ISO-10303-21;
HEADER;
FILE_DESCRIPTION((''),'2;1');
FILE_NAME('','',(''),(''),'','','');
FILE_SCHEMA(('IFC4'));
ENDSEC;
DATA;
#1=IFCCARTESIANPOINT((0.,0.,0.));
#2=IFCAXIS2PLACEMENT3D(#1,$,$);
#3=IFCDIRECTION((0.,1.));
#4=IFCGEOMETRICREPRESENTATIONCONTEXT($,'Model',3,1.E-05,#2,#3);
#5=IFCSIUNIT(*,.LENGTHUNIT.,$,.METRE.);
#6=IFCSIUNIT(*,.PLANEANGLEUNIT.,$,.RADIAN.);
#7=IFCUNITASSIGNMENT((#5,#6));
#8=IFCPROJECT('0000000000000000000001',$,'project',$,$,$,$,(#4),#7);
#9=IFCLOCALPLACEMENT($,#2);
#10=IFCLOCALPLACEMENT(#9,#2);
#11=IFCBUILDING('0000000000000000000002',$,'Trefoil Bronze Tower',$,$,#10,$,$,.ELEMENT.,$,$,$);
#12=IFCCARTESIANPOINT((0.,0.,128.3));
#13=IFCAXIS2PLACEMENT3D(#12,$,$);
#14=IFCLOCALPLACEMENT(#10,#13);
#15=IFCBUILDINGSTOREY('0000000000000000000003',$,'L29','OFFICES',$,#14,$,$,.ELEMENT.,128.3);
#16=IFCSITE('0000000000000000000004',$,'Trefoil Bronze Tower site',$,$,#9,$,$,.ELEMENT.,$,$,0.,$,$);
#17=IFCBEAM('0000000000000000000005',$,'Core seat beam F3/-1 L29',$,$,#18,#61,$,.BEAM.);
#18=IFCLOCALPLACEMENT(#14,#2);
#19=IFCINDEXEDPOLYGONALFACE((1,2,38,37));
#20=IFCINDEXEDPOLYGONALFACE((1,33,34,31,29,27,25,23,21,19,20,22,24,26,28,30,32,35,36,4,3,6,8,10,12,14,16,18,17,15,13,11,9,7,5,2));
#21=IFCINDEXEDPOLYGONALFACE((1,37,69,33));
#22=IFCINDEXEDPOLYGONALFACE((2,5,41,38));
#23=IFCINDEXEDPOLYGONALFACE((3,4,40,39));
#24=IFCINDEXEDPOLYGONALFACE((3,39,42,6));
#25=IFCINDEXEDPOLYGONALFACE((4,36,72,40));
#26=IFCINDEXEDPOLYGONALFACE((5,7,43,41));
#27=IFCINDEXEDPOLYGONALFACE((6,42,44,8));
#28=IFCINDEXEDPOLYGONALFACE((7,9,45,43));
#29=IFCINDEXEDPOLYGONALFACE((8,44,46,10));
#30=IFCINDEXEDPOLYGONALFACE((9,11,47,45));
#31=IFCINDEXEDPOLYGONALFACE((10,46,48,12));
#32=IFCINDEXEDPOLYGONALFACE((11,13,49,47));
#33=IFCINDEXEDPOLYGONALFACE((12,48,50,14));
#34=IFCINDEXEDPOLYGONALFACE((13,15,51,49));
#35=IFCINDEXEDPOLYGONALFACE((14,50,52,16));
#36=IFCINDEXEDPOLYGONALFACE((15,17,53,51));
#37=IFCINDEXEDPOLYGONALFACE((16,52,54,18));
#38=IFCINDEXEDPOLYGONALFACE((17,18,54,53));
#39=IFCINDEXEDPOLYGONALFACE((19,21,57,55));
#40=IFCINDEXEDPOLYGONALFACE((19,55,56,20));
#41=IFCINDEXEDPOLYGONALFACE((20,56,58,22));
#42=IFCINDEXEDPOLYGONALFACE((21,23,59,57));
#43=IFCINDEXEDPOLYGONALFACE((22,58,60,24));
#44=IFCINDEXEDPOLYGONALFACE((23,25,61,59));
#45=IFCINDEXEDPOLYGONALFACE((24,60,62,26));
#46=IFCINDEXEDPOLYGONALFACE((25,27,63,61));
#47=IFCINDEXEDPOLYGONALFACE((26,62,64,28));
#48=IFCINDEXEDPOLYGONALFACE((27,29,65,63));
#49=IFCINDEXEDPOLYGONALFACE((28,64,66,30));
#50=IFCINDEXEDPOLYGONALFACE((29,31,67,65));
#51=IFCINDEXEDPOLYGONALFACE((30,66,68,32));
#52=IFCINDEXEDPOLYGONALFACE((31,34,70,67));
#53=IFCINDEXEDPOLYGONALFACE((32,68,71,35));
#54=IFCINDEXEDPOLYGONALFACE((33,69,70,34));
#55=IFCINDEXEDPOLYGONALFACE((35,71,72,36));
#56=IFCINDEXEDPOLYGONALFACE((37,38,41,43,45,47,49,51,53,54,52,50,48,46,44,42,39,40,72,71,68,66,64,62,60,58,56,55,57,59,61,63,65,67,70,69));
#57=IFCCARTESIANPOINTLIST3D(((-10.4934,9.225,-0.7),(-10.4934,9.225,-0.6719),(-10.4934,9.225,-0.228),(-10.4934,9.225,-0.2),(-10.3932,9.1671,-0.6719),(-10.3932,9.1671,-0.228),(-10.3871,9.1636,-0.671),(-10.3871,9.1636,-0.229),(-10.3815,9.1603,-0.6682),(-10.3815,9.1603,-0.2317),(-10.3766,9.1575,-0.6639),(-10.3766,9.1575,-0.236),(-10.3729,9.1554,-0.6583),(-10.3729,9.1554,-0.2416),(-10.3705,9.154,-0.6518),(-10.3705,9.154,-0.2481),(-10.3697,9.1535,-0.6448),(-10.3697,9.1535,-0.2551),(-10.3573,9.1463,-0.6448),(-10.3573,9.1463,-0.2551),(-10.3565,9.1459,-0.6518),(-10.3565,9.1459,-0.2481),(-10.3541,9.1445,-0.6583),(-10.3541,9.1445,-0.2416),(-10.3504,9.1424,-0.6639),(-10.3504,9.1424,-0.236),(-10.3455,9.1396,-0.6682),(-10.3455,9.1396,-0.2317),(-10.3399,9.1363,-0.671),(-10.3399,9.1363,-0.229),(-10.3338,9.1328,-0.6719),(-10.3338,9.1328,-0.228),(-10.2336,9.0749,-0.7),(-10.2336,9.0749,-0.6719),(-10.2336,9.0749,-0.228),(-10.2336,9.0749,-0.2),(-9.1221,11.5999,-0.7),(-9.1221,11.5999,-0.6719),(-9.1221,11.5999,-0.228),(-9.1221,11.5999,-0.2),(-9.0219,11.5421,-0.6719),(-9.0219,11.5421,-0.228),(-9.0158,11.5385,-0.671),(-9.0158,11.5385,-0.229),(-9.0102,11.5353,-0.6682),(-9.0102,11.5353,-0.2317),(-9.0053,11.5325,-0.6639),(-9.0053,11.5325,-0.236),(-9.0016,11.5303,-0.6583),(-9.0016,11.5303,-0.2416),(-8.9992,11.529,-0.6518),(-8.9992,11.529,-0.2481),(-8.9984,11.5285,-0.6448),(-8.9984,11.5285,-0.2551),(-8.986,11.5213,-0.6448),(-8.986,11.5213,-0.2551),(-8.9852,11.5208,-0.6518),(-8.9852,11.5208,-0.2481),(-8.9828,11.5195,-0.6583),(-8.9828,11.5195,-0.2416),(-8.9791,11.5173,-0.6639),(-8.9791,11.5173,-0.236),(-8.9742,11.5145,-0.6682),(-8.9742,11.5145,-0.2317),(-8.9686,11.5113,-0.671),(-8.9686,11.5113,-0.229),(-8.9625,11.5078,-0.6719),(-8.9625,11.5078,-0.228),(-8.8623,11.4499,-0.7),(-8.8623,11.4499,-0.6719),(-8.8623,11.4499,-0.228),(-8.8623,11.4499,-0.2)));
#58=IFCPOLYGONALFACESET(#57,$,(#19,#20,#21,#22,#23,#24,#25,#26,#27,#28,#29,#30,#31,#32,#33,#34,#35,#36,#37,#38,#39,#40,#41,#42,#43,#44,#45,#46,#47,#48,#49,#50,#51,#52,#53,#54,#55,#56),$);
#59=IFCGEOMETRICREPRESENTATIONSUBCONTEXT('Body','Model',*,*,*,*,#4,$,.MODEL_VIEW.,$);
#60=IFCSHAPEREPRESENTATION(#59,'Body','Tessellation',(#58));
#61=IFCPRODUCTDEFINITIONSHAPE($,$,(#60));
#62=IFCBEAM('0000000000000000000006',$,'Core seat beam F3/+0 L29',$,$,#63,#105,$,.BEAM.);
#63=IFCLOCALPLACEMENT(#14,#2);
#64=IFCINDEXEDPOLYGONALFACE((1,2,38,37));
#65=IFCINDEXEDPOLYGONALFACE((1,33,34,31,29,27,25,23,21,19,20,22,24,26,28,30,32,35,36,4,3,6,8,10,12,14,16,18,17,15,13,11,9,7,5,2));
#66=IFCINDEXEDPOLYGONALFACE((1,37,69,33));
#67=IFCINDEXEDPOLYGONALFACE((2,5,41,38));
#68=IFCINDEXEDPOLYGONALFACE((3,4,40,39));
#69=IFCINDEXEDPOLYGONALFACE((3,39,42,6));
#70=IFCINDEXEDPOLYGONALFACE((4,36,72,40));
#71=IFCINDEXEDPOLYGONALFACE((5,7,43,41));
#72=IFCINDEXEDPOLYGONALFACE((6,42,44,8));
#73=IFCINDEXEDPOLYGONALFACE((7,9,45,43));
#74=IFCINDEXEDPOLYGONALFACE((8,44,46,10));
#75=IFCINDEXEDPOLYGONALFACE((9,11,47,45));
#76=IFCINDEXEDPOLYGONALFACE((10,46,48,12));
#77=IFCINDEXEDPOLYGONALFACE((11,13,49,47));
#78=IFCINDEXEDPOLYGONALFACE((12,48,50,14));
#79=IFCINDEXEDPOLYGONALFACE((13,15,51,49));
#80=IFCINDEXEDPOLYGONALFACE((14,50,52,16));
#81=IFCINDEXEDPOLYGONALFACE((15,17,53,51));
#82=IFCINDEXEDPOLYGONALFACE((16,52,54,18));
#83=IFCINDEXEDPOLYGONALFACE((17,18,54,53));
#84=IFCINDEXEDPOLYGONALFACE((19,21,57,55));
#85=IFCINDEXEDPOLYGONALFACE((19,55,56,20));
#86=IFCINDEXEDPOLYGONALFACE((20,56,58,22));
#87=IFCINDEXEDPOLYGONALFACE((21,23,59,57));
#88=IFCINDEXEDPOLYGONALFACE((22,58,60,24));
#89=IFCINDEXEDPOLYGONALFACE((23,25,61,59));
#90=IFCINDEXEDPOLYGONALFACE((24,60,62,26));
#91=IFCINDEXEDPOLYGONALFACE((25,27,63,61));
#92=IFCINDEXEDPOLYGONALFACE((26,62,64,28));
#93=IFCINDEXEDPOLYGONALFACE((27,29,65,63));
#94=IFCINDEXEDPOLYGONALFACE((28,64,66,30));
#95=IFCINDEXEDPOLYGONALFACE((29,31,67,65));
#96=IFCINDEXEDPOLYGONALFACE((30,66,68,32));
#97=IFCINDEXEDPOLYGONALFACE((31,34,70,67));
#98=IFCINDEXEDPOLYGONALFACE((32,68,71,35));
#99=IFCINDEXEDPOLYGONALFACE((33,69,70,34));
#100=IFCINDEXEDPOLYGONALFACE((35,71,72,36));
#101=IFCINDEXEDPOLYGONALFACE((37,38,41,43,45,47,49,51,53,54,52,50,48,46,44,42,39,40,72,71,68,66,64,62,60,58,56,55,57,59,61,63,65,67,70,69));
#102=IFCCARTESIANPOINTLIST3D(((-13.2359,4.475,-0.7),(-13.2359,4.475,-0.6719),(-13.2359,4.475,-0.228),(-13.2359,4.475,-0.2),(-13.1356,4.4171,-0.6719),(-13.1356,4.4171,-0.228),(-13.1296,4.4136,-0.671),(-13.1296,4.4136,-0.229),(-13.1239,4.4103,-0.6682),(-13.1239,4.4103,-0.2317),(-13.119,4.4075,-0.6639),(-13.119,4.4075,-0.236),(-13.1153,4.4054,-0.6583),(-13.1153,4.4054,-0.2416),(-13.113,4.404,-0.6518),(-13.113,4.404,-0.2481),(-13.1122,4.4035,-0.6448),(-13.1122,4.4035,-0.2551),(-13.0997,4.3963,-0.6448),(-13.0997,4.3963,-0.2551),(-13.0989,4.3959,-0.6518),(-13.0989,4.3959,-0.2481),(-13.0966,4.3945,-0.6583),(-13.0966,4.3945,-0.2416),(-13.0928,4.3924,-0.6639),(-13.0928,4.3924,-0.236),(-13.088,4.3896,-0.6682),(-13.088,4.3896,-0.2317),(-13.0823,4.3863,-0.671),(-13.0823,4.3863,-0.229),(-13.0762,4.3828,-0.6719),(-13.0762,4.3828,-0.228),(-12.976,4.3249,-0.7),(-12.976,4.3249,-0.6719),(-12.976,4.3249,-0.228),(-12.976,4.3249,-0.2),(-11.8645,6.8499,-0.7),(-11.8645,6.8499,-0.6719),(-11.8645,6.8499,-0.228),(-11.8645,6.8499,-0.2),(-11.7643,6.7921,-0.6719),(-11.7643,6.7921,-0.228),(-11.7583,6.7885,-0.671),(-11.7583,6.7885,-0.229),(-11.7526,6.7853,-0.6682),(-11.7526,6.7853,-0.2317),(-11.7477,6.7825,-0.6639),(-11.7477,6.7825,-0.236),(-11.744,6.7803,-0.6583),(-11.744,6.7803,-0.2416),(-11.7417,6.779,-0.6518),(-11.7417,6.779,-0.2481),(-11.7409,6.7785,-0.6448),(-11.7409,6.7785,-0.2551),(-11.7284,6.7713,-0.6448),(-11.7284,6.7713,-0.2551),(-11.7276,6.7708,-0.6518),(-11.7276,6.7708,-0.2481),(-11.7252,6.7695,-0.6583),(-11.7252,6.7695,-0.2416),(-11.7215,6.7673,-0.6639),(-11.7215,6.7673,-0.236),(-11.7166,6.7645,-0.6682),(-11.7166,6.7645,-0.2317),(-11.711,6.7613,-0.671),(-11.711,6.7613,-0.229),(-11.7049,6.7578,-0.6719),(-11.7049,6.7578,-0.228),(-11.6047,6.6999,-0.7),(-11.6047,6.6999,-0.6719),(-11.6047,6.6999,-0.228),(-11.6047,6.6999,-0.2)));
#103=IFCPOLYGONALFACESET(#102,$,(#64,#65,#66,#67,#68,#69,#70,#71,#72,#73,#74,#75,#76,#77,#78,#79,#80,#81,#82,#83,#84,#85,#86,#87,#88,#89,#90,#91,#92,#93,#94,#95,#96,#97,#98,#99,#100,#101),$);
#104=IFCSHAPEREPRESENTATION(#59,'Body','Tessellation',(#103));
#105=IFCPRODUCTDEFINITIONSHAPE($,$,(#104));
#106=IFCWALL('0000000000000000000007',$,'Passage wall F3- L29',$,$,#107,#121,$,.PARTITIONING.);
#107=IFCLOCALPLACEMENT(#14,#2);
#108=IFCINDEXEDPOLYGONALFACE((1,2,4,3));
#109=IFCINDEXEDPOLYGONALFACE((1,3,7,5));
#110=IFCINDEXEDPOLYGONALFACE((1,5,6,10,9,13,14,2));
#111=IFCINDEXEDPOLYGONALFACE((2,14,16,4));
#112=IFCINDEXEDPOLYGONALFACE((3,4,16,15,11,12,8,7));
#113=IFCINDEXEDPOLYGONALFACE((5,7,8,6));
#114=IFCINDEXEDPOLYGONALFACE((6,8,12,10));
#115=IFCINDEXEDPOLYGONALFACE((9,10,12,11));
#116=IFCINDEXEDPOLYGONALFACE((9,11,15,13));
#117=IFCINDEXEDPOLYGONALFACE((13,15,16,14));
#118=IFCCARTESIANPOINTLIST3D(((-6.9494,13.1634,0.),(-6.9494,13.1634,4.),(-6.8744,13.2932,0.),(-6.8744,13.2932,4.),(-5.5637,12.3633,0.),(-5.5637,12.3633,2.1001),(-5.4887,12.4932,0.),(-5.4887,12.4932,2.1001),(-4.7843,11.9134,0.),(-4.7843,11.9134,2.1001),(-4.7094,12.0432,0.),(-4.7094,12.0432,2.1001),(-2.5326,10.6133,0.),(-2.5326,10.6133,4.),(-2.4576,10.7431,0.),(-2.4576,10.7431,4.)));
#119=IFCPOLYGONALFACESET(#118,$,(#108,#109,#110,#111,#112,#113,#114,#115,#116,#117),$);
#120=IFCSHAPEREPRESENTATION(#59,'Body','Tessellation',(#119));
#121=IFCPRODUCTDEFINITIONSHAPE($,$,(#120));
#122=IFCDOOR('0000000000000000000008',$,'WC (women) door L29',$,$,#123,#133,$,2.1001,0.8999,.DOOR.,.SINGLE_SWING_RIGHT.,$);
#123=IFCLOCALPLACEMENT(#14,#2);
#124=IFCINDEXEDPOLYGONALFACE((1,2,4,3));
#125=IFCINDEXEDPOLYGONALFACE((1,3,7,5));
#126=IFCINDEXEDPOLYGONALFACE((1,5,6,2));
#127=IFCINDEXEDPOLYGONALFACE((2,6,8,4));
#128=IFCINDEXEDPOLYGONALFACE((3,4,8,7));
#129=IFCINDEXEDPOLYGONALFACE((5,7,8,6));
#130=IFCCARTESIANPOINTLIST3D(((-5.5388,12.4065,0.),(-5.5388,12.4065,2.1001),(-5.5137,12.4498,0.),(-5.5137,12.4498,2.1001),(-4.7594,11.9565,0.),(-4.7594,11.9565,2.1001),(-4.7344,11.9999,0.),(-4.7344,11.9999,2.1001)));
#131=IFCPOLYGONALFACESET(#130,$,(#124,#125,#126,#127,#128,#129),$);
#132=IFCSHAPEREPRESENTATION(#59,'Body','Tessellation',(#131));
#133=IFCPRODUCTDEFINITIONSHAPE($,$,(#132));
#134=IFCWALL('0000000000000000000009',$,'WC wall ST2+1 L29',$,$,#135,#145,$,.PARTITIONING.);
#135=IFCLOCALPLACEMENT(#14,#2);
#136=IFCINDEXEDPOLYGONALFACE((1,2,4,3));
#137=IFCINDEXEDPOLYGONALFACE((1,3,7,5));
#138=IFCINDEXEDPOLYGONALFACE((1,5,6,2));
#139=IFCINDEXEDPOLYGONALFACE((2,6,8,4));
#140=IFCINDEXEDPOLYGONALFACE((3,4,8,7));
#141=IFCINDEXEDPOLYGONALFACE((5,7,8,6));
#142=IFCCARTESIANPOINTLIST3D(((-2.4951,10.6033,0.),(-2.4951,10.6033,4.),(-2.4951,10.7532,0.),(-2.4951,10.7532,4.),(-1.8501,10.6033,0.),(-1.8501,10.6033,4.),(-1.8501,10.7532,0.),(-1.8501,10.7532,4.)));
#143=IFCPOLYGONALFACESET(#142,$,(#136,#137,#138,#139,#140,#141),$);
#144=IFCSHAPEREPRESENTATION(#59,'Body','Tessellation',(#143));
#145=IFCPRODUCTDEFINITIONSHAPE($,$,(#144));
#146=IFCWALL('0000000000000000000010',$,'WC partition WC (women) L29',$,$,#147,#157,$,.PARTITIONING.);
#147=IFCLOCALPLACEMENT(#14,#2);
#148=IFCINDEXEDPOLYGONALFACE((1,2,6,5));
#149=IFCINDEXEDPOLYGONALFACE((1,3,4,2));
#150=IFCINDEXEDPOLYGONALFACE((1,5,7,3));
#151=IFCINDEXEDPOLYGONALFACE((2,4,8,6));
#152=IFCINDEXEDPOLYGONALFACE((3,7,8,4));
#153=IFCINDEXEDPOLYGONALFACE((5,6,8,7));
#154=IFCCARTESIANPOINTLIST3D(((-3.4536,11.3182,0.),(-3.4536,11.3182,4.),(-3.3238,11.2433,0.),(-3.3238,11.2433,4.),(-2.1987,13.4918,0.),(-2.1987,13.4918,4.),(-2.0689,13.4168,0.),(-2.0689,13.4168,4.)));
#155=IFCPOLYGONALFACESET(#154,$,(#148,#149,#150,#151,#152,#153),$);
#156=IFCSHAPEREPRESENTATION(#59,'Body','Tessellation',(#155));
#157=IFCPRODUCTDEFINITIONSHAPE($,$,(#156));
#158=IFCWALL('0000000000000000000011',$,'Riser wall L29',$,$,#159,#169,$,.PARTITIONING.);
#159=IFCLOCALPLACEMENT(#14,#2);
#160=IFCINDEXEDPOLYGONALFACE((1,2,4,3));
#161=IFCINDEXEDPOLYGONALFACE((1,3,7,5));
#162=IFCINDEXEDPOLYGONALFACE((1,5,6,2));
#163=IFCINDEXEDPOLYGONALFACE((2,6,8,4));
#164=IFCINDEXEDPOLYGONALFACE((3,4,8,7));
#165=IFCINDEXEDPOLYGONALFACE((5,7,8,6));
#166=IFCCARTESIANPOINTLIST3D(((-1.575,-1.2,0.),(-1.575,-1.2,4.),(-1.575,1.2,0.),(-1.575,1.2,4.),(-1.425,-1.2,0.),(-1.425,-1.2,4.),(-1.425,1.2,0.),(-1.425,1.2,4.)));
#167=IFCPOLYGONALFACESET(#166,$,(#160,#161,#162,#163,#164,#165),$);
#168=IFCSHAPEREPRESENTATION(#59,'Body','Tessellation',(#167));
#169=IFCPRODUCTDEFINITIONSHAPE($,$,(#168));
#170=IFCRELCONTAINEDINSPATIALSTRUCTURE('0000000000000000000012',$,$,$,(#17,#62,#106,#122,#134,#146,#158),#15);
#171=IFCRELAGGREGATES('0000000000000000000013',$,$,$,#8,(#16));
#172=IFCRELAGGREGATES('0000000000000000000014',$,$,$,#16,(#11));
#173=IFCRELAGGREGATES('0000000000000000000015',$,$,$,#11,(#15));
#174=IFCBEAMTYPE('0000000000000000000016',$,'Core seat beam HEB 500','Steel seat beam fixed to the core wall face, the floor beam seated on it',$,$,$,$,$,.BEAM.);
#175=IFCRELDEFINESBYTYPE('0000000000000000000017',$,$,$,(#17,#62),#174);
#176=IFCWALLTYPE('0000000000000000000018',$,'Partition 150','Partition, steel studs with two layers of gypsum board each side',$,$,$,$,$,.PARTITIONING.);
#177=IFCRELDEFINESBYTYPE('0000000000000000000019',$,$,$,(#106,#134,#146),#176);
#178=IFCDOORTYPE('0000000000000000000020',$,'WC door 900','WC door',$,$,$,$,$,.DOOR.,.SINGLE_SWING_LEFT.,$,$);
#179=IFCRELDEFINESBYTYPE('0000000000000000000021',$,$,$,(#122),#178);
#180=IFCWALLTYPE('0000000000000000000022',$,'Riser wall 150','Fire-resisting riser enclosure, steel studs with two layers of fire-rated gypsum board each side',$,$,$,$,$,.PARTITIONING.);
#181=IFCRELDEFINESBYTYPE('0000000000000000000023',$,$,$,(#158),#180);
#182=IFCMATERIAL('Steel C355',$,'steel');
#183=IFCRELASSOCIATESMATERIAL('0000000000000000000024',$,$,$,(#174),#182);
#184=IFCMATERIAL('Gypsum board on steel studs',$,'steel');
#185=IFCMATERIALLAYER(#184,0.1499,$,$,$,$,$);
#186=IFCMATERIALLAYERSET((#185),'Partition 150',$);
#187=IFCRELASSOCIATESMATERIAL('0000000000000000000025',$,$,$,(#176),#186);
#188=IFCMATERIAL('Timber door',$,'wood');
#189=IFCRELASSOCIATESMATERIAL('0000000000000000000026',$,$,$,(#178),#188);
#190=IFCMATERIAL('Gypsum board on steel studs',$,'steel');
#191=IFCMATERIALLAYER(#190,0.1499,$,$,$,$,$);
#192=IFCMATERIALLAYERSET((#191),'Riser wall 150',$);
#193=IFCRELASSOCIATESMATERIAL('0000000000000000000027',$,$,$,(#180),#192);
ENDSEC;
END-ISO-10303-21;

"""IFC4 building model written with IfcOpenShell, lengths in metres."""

from ifc_helpers import new_model, si_unit, direction, frame, frame_2d, origin, origin_2d, place, context, subcontext, project, spatial, rectangle, i_section, extrude, material, layer, layer_set, material_profile, profile_set, type_object, element, fill, save


model = new_model("IFC4")

# Units and contexts
model_context = context("Model", 3, precision=1e-05, world=origin(), true_north=direction((0.0, 1.0)))
body_context = subcontext(model_context, "Body", "Model", "MODEL_VIEW")
ifc_project = project(units=[si_unit("LENGTHUNIT", "METRE"), si_unit("PLANEANGLEUNIT", "RADIAN")], contexts=[model_context])

# Site, building, storey
site_placement = place(None, origin())
site = spatial("IfcSite", under=ifc_project, at=site_placement, Name="Trefoil Bronze Tower site", CompositionType="ELEMENT", RefElevation=0.0)
building_placement = place(site_placement, origin())
building = spatial("IfcBuilding", under=site, at=building_placement, Name="Trefoil Bronze Tower", CompositionType="ELEMENT")
storey_placement = place(building_placement, frame((0.0, 0.0, 128.3)))
storey = spatial("IfcBuildingStorey", under=building, at=storey_placement, Name="L29", Description="OFFICES", CompositionType="ELEMENT", Elevation=128.3)

# Beams
ifc_material_1 = material(Name="Steel C355", Category="steel")
ifc_material_profile = material_profile(ifc_material_1, i_section(OverallWidth=0.3, OverallDepth=0.5, WebThickness=0.0144, FlangeThickness=0.0281, FilletRadius=0.0271, at=origin_2d()), Name="HEB 500")
ifc_profile_set = profile_set([ifc_material_profile], Name="Steel C355")
beam_type = type_object("IfcBeamType", Name="Core seat beam HEB 500", Description="Steel seat beam fixed to the core wall face, the floor beam seated on it", PredefinedType="BEAM", material=ifc_profile_set)
for number, where, z_axis, x_axis, name in (
    (1, (-8.9922, 11.5249, -0.45), (-0.500036, -0.866005, 0.0), (0.866005, -0.500036, 0.0), "Core seat beam F3/-1 L29"),
    (2, (-11.7346, 6.7749, -0.45), (-0.500036, -0.866005, 0.0), (0.866005, -0.500036, 0.0), "Core seat beam F3/+0 L29"),
):
    element("IfcBeam", number, at=place(storey_placement, frame(where, z_axis=z_axis, x_axis=x_axis)), inside=storey, type_object=beam_type, Name=name, PredefinedType="BEAM", context=body_context, shape_type="SweptSolid", body=[
        extrude(i_section(OverallWidth=0.3, OverallDepth=0.5, WebThickness=0.0144, FlangeThickness=0.0281, FilletRadius=0.0271, at=origin_2d()), origin(), (0.0, 0.0, 1.0), 2.7424),
    ])

# Wall, opening, door
ifc_material_2 = material(Name="Gypsum board on steel studs", Category="steel")
ifc_layer_1 = layer(ifc_material_2, 0.1499)
ifc_layer_set_1 = layer_set([ifc_layer_1], Name="Partition 150")
wall_type_1 = type_object("IfcWallType", Name="Partition 150", Description="Partition, steel studs with two layers of gypsum board each side", PredefinedType="PARTITIONING", material=ifc_layer_set_1)
wall_1_placement = place(storey_placement, frame((-2.4951, 10.6782, 0.0), z_axis=(0.0, 0.0, 1.0), x_axis=(-0.866022, 0.500006, 0.0)))
wall_1 = element("IfcWall", 3, at=wall_1_placement, inside=storey, type_object=wall_type_1, Name="Passage wall F3- L29", PredefinedType="PARTITIONING", context=body_context, shape_type="SweptSolid", body=[
    extrude(rectangle(XDim=5.1001, YDim=0.1499, at=frame_2d((2.55, 0.0))), origin(), (0.0, 0.0, 1.0), 4.0),
])
opening_1_placement = place(wall_1_placement, frame((2.6001, 0.0, 0.0)))
opening_1 = element("IfcOpeningElement", 4, at=opening_1_placement, cuts=wall_1, PredefinedType="OPENING", context=body_context, shape_type="SweptSolid", body=[
    extrude(rectangle(XDim=0.8999, YDim=2.1001, at=frame_2d((0.45, 1.05))), frame((0.0, 0.085, 0.0), z_axis=(0.0, -1.0, 0.0), x_axis=(1.0, 0.0, 0.0)), (0.0, 0.0, 1.0), 0.1699),
])
ifc_material_3 = material(Name="Timber door", Category="wood")
door_type_1 = type_object("IfcDoorType", Name="WC door 900", Description="WC door", OperationType="SINGLE_SWING_LEFT", PredefinedType="DOOR", material=ifc_material_3)
door_1_placement = place(opening_1_placement, frame((0.8999, 0.0, 0.0), z_axis=(0.0, 0.0, 1.0), x_axis=(-1.0, 0.0, 0.0)))
door_1 = element("IfcDoor", 5, at=door_1_placement, inside=storey, type_object=door_type_1, Name="WC (women) door L29", OperationType="SINGLE_SWING_RIGHT", OverallHeight=2.1001, OverallWidth=0.8999, PredefinedType="DOOR", context=body_context, shape_type="SweptSolid", body=[
    extrude(rectangle(XDim=0.8999, YDim=2.1001, at=frame_2d((0.45, 1.05))), frame((0.0, 0.0249, 0.0), z_axis=(0.0, -1.0, 0.0), x_axis=(1.0, 0.0, 0.0)), (0.0, 0.0, 1.0), 0.05),
])
fill(opening_1, door_1)

# Walls
wall_2_placement = place(storey_placement, frame((-2.4951, 10.6782, 0.0), z_axis=(0.0, 0.0, 1.0), x_axis=(1.0, 0.0, 0.0)))
element("IfcWall", 6, at=wall_2_placement, inside=storey, type_object=wall_type_1, Name="WC wall ST2+1 L29", PredefinedType="PARTITIONING", context=body_context, shape_type="SweptSolid", body=[
    extrude(rectangle(XDim=0.645, YDim=0.1499, at=frame_2d((0.3225, 0.0))), origin(), (0.0, 0.0, 1.0), 4.0),
])
wall_3_placement = place(storey_placement, frame((-3.3887, 11.2808, 0.0), z_axis=(0.0, 0.0, 1.0), x_axis=(0.499989, 0.866032, 0.0)))
element("IfcWall", 7, at=wall_3_placement, inside=storey, type_object=wall_type_1, Name="WC partition WC (women) L29", PredefinedType="PARTITIONING", context=body_context, shape_type="SweptSolid", body=[
    extrude(rectangle(XDim=2.5098, YDim=0.1499, at=frame_2d((1.2549, 0.0))), origin(), (0.0, 0.0, 1.0), 4.0),
])
ifc_material_4 = material(Name="Gypsum board on steel studs", Category="steel")
ifc_layer_2 = layer(ifc_material_4, 0.1499)
ifc_layer_set_2 = layer_set([ifc_layer_2], Name="Riser wall 150")
wall_type_2 = type_object("IfcWallType", Name="Riser wall 150", Description="Fire-resisting riser enclosure, steel studs with two layers of fire-rated gypsum board each side", PredefinedType="PARTITIONING", material=ifc_layer_set_2)
wall_4_placement = place(storey_placement, frame((-1.5, 1.2, 0.0), z_axis=(0.0, 0.0, 1.0), x_axis=(0.0, -1.0, 0.0)))
element("IfcWall", 8, at=wall_4_placement, inside=storey, type_object=wall_type_2, Name="Riser wall L29", PredefinedType="PARTITIONING", context=body_context, shape_type="SweptSolid", body=[
    extrude(rectangle(XDim=2.3999, YDim=0.1499, at=frame_2d((1.2, 0.0))), origin(), (0.0, 0.0, 1.0), 4.0),
])

save(model, "model.ifc")
